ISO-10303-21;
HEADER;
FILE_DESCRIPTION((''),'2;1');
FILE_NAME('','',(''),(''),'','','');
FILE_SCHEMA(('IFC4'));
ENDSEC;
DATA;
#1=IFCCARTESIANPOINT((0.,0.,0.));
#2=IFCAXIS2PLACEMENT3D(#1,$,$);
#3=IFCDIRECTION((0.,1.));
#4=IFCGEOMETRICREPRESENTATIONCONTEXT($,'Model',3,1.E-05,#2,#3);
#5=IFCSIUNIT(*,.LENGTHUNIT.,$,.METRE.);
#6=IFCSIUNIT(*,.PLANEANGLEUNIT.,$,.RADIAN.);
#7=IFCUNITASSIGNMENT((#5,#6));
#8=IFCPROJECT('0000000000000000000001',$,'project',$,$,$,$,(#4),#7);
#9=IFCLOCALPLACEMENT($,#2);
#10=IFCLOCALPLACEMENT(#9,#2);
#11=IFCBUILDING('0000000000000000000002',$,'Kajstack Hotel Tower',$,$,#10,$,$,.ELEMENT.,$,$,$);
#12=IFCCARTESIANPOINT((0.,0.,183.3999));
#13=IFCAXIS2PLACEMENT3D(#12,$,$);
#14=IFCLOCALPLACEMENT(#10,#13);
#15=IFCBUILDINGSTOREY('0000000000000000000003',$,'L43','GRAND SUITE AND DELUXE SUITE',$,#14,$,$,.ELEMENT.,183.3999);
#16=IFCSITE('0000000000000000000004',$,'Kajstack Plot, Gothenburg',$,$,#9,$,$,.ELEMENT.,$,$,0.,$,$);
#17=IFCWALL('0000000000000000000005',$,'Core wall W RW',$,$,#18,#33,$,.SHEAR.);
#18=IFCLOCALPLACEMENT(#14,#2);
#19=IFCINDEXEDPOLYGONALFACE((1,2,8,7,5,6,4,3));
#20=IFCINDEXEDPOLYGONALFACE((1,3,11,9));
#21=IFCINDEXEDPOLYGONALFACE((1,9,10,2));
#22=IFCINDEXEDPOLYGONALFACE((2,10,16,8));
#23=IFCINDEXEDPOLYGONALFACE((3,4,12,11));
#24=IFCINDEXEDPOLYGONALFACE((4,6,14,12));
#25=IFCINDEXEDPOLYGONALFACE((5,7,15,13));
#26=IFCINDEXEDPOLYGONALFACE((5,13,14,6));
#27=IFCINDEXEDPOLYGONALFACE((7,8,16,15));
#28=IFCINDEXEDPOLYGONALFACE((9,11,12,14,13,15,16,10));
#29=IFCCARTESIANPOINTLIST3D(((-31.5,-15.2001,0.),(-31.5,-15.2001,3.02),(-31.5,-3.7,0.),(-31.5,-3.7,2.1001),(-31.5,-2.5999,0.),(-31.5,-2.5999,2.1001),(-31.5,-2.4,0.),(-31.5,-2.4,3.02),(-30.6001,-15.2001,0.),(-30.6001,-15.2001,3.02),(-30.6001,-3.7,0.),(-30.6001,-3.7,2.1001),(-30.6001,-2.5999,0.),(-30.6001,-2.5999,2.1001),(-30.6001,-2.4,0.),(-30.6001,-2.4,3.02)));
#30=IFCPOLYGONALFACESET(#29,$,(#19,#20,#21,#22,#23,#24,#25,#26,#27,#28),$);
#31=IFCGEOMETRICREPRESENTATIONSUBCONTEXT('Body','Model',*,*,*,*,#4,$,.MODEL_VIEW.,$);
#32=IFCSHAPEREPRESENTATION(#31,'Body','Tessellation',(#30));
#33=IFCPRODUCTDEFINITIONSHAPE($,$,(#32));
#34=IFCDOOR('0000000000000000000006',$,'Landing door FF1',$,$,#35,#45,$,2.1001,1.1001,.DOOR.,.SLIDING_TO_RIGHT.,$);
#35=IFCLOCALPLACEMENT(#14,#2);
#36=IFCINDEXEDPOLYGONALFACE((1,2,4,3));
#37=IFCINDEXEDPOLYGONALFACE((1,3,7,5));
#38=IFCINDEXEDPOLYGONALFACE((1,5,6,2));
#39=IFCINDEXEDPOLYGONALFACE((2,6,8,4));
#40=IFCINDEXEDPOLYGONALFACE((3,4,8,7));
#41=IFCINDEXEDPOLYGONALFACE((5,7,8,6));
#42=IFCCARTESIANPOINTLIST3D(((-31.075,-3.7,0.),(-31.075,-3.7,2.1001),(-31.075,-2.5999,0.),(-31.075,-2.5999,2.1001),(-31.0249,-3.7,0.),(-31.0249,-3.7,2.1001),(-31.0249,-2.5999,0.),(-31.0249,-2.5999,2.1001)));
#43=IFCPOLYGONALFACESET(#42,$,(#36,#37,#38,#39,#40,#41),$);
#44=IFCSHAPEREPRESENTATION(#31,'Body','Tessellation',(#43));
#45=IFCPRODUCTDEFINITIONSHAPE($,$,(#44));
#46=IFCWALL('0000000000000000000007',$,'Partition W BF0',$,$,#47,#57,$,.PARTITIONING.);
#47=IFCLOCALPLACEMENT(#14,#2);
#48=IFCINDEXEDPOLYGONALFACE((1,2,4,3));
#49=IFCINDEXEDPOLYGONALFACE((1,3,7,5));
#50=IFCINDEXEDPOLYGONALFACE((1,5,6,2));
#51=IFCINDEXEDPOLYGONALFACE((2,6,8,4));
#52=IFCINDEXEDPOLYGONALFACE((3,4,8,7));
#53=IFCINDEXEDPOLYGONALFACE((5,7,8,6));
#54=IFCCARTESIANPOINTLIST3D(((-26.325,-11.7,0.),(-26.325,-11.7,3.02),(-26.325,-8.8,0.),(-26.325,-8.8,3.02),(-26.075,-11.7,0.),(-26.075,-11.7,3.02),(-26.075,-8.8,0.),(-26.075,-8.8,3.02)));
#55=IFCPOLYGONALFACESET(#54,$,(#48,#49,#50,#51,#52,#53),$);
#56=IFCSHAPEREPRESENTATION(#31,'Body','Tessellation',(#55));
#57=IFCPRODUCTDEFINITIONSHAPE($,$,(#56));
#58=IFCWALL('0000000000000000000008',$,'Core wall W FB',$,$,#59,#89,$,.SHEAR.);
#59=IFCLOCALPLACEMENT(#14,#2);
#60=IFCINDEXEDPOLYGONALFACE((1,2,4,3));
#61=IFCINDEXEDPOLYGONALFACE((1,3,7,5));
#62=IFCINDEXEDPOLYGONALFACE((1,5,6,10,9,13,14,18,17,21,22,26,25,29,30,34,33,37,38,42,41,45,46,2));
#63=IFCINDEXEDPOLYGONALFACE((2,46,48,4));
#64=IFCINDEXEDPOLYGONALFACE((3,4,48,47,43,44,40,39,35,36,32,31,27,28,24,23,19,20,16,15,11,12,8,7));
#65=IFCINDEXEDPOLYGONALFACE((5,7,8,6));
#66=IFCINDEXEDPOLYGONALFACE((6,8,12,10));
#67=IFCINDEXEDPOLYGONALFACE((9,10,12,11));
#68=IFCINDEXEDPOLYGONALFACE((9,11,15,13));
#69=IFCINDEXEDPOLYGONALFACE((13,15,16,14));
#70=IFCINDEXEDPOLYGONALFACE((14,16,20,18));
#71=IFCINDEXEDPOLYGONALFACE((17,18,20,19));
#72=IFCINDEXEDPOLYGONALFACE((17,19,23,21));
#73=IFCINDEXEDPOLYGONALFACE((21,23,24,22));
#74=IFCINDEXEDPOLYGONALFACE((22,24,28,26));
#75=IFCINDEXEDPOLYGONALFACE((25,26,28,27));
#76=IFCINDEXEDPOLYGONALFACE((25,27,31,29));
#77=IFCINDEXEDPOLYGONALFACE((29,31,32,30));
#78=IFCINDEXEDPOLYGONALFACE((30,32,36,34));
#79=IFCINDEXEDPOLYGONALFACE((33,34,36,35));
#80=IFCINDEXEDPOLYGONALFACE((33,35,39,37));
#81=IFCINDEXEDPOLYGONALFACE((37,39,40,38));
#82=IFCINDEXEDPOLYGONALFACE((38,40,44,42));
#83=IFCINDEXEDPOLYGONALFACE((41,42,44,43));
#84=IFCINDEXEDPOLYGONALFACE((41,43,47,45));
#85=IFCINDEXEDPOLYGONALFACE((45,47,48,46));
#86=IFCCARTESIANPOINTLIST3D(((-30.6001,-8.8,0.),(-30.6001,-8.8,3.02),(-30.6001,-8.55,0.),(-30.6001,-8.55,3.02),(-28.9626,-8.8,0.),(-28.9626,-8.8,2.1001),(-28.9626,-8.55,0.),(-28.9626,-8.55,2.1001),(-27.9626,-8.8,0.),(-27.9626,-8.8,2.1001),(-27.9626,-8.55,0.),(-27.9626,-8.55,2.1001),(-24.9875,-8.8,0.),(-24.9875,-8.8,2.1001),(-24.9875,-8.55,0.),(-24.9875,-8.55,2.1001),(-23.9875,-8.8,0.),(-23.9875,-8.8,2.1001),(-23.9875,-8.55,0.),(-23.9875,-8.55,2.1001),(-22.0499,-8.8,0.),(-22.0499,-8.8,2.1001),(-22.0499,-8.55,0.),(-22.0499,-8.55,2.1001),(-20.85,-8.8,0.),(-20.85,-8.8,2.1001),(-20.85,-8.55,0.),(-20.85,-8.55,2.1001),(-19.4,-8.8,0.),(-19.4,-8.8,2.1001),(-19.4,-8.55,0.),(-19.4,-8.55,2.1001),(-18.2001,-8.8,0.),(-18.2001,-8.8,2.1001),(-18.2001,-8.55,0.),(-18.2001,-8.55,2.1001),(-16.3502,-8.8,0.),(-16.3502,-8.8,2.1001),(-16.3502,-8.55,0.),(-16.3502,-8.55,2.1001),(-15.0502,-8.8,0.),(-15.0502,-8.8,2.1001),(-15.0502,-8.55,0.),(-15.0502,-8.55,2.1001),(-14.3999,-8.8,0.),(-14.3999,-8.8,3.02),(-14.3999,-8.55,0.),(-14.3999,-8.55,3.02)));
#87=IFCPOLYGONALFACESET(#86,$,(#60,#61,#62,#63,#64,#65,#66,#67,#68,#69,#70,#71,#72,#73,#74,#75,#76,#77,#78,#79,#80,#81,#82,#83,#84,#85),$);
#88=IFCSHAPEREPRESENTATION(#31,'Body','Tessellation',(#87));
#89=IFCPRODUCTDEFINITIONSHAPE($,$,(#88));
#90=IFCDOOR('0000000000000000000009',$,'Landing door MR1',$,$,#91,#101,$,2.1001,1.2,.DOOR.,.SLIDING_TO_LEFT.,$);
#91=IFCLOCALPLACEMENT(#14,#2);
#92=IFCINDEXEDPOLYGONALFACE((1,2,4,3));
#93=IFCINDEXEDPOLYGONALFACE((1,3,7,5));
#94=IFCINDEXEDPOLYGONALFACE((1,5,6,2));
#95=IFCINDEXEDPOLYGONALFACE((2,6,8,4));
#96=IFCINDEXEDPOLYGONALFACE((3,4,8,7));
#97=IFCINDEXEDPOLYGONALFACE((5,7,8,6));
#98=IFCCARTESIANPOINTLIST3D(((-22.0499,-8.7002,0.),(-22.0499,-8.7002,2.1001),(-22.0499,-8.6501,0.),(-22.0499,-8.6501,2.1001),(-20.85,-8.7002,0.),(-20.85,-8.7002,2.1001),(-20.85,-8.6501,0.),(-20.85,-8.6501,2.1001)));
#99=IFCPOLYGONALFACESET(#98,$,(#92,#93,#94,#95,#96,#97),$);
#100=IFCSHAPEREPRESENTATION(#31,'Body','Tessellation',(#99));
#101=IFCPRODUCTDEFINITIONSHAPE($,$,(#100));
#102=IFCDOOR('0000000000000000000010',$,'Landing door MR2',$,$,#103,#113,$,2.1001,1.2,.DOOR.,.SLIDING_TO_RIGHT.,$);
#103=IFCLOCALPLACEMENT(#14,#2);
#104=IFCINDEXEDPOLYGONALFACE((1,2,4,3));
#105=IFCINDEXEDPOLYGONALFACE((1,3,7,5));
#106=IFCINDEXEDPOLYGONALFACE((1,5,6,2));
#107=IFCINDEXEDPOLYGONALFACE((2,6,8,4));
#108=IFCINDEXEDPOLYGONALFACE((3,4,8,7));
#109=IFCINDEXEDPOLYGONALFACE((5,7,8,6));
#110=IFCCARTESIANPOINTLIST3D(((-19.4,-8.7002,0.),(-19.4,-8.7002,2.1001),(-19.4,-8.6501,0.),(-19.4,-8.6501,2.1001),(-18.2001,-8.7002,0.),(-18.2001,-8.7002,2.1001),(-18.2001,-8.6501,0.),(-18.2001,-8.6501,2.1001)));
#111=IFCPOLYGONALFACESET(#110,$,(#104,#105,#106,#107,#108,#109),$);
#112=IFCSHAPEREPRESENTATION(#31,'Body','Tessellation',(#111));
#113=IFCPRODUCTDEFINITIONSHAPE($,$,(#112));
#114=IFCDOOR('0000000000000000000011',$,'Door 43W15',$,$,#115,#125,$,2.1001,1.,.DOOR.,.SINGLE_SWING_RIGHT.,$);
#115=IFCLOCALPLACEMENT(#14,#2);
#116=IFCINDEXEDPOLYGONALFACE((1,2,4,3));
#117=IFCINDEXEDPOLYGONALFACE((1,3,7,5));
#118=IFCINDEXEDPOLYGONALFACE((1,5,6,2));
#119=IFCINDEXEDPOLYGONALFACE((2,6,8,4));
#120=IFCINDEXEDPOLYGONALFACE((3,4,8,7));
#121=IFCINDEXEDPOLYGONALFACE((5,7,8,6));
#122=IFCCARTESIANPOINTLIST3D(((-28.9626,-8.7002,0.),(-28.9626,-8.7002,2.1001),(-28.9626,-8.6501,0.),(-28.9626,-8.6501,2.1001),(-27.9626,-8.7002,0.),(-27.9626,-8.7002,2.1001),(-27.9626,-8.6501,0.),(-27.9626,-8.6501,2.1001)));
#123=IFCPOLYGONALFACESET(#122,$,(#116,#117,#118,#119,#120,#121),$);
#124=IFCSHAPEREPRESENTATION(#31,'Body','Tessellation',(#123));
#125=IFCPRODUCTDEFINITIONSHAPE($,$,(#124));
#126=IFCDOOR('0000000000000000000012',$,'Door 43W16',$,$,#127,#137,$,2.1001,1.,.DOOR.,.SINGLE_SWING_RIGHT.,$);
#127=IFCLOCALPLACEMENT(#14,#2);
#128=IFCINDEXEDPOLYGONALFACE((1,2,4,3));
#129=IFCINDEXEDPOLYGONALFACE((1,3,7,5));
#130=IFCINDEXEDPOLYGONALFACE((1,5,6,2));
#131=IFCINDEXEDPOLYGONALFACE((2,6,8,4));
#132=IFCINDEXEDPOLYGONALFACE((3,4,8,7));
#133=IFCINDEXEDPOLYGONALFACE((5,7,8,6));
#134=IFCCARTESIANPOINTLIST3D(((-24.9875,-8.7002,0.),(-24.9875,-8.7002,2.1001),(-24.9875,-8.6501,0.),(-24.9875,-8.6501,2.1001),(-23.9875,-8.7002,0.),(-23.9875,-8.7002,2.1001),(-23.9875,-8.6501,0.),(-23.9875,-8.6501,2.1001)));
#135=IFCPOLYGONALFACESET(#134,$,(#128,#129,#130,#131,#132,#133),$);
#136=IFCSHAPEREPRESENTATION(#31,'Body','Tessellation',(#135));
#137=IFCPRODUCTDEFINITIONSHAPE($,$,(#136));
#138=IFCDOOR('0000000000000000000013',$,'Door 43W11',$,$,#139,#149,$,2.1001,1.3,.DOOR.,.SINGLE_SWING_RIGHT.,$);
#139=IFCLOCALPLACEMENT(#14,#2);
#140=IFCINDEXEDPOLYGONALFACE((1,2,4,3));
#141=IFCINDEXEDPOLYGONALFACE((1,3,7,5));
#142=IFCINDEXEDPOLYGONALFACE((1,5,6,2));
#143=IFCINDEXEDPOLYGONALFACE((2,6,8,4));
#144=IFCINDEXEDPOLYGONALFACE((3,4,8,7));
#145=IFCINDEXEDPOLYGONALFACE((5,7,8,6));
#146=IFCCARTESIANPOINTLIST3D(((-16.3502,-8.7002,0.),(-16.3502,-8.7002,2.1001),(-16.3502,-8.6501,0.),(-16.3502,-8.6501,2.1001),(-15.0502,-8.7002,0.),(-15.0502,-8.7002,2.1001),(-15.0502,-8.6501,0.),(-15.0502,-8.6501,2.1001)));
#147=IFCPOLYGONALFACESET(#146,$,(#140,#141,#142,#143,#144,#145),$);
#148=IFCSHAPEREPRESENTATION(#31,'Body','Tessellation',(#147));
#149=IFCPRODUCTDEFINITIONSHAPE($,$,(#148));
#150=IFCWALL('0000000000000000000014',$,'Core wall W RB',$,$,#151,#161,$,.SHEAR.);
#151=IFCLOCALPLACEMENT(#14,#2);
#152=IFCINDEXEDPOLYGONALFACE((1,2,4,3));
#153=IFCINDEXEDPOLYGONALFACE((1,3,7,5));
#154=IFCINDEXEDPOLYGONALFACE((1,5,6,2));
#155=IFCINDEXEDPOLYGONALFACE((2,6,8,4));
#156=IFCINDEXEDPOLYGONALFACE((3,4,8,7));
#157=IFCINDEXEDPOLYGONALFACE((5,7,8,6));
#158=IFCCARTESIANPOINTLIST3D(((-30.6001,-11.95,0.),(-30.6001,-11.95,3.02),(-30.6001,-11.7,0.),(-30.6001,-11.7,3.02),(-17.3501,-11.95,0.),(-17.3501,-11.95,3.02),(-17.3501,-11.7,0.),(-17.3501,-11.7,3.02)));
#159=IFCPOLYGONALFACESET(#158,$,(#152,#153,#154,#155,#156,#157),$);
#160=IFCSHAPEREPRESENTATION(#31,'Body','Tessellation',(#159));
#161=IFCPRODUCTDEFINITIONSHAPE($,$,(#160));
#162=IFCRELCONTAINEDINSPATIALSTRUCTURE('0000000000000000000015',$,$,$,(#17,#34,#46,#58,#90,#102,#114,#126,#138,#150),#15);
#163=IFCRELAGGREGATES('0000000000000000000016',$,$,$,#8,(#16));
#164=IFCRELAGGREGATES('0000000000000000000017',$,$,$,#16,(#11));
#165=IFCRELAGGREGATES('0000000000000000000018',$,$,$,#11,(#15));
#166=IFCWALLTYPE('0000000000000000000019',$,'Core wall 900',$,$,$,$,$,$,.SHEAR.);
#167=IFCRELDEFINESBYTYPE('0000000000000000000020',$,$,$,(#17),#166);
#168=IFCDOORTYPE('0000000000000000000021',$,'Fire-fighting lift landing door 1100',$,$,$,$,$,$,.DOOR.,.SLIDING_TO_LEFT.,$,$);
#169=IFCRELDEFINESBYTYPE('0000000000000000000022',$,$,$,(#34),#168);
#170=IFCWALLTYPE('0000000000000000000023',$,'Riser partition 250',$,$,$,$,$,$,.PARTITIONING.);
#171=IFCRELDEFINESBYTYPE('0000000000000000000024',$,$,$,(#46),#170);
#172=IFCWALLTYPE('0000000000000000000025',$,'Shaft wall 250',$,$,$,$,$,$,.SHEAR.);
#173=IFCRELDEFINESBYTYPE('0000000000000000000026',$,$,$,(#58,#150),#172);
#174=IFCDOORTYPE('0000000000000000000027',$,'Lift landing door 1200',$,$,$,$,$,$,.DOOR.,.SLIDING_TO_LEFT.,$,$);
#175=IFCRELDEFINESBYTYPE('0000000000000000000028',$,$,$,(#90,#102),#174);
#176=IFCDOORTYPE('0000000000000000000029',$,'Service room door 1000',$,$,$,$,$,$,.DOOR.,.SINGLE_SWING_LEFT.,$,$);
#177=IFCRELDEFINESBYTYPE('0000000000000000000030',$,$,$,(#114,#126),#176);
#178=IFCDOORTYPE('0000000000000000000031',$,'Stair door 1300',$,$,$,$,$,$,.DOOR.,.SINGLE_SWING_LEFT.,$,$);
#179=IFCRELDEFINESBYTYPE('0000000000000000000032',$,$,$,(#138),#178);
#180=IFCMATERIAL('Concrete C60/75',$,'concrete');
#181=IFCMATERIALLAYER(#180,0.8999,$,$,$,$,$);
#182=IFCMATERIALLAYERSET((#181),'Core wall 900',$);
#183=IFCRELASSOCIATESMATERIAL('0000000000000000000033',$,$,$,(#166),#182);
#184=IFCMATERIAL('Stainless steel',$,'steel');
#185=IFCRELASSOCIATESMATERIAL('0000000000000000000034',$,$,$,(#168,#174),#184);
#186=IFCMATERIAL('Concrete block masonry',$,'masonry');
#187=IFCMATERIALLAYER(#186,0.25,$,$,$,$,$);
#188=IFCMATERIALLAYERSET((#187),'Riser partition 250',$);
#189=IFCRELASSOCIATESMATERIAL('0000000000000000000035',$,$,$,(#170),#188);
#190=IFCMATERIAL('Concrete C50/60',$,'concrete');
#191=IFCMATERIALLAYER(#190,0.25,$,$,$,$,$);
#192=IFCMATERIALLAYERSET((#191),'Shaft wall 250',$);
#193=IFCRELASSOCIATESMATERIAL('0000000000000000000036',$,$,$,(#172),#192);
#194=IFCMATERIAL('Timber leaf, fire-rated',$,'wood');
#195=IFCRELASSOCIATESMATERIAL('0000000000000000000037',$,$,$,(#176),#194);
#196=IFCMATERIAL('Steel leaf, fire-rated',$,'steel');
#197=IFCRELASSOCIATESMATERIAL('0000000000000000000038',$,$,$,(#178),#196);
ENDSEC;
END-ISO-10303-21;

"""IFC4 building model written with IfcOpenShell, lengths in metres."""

from ifc_helpers import new_model, si_unit, direction, frame, frame_2d, origin, place, context, subcontext, project, spatial, rectangle, extrude, material, layer, layer_set, type_object, element, fill, save


model = new_model("IFC4")

# Units and contexts
model_context = context("Model", 3, precision=1e-05, world=origin(), true_north=direction((0.0, 1.0)))
body_context = subcontext(model_context, "Body", "Model", "MODEL_VIEW")
ifc_project = project(units=[si_unit("LENGTHUNIT", "METRE"), si_unit("PLANEANGLEUNIT", "RADIAN")], contexts=[model_context])

# Site, building, storey
site_placement = place(None, origin())
site = spatial("IfcSite", under=ifc_project, at=site_placement, Name="Kajstack Plot, Gothenburg", CompositionType="ELEMENT", RefElevation=0.0)
building_placement = place(site_placement, origin())
building = spatial("IfcBuilding", under=site, at=building_placement, Name="Kajstack Hotel Tower", CompositionType="ELEMENT")
storey_placement = place(building_placement, frame((0.0, 0.0, 183.3999)))
storey = spatial("IfcBuildingStorey", under=building, at=storey_placement, Name="L43", Description="GRAND SUITE AND DELUXE SUITE", CompositionType="ELEMENT", Elevation=183.3999)

# Wall, opening, door
ifc_material_1 = material(Name="Concrete C60/75", Category="concrete")
ifc_layer_1 = layer(ifc_material_1, 0.8999)
ifc_layer_set_1 = layer_set([ifc_layer_1], Name="Core wall 900")
wall_type_1 = type_object("IfcWallType", Name="Core wall 900", PredefinedType="SHEAR", material=ifc_layer_set_1)
wall_1_placement = place(storey_placement, frame((-31.05, -15.2, 0.0), z_axis=(0.0, 0.0, 1.0), x_axis=(0.0, 1.0, 0.0)))
wall_1 = element("IfcWall", 1, at=wall_1_placement, inside=storey, type_object=wall_type_1, Name="Core wall W RW", PredefinedType="SHEAR", context=body_context, shape_type="SweptSolid", body=[
    extrude(rectangle(XDim=12.8, YDim=0.8999, at=frame_2d((6.3999, 0.0))), origin(), (0.0, 0.0, 1.0), 3.02),
])
opening_1_placement = place(wall_1_placement, frame((11.5, 0.0, 0.0)))
opening_1 = element("IfcOpeningElement", 2, at=opening_1_placement, cuts=wall_1, PredefinedType="OPENING", context=body_context, shape_type="SweptSolid", body=[
    extrude(rectangle(XDim=1.1001, YDim=2.1001, at=frame_2d((0.55, 1.05))), frame((0.0, 0.46, 0.0), z_axis=(0.0, -1.0, 0.0), x_axis=(1.0, 0.0, 0.0)), (0.0, 0.0, 1.0), 0.9199),
])
ifc_material_2 = material(Name="Stainless steel", Category="steel")
door_type_1 = type_object("IfcDoorType", Name="Fire-fighting lift landing door 1100", OperationType="SLIDING_TO_LEFT", PredefinedType="DOOR", material=ifc_material_2)
door_1_placement = place(opening_1_placement, origin())
door_1 = element("IfcDoor", 3, at=door_1_placement, inside=storey, type_object=door_type_1, Name="Landing door FF1", OperationType="SLIDING_TO_RIGHT", OverallHeight=2.1001, OverallWidth=1.1001, PredefinedType="DOOR", context=body_context, shape_type="SweptSolid", body=[
    extrude(rectangle(XDim=1.1001, YDim=2.1001, at=frame_2d((0.55, 1.05))), frame((0.0, 0.0249, 0.0), z_axis=(0.0, -1.0, 0.0), x_axis=(1.0, 0.0, 0.0)), (0.0, 0.0, 1.0), 0.05),
])
fill(opening_1, door_1)

# Wall
ifc_material_3 = material(Name="Concrete block masonry", Category="masonry")
ifc_layer_2 = layer(ifc_material_3, 0.25)
ifc_layer_set_2 = layer_set([ifc_layer_2], Name="Riser partition 250")
wall_type_2 = type_object("IfcWallType", Name="Riser partition 250", PredefinedType="PARTITIONING", material=ifc_layer_set_2)
wall_2_placement = place(storey_placement, frame((-26.2, -11.7, 0.0), z_axis=(0.0, 0.0, 1.0), x_axis=(0.0, 1.0, 0.0)))
element("IfcWall", 4, at=wall_2_placement, inside=storey, type_object=wall_type_2, Name="Partition W BF0", PredefinedType="PARTITIONING", context=body_context, shape_type="SweptSolid", body=[
    extrude(rectangle(XDim=2.8999, YDim=0.25, at=frame_2d((1.45, 0.0))), origin(), (0.0, 0.0, 1.0), 3.02),
])

# Wall, openings, doors
ifc_material_4 = material(Name="Concrete C50/60", Category="concrete")
ifc_layer_3 = layer(ifc_material_4, 0.25)
ifc_layer_set_3 = layer_set([ifc_layer_3], Name="Shaft wall 250")
wall_type_3 = type_object("IfcWallType", Name="Shaft wall 250", PredefinedType="SHEAR", material=ifc_layer_set_3)
wall_3_placement = place(storey_placement, frame((-30.6001, -8.675, 0.0), z_axis=(0.0, 0.0, 1.0), x_axis=(1.0, 0.0, 0.0)))
wall_3 = element("IfcWall", 5, at=wall_3_placement, inside=storey, type_object=wall_type_3, Name="Core wall W FB", PredefinedType="SHEAR", context=body_context, shape_type="SweptSolid", body=[
    extrude(rectangle(XDim=16.2002, YDim=0.25, at=frame_2d((8.1001, 0.0))), origin(), (0.0, 0.0, 1.0), 3.02),
])
opening_2_placement = place(wall_3_placement, frame((8.55, 0.0, 0.0)))
opening_2 = element("IfcOpeningElement", 6, at=opening_2_placement, cuts=wall_3, PredefinedType="OPENING", context=body_context, shape_type="SweptSolid", body=[
    extrude(rectangle(XDim=1.2, YDim=2.1001, at=frame_2d((0.6001, 1.05))), frame((0.0, 0.135, 0.0), z_axis=(0.0, -1.0, 0.0), x_axis=(1.0, 0.0, 0.0)), (0.0, 0.0, 1.0), 0.27),
])
opening_3_placement = place(wall_3_placement, frame((11.2, 0.0, 0.0)))
opening_3 = element("IfcOpeningElement", 7, at=opening_3_placement, cuts=wall_3, PredefinedType="OPENING", context=body_context, shape_type="SweptSolid", body=[
    extrude(rectangle(XDim=1.2, YDim=2.1001, at=frame_2d((0.6001, 1.05))), frame((0.0, 0.135, 0.0), z_axis=(0.0, -1.0, 0.0), x_axis=(1.0, 0.0, 0.0)), (0.0, 0.0, 1.0), 0.27),
])
opening_4_placement = place(wall_3_placement, frame((14.25, 0.0, 0.0)))
opening_4 = element("IfcOpeningElement", 8, at=opening_4_placement, cuts=wall_3, PredefinedType="OPENING", context=body_context, shape_type="SweptSolid", body=[
    extrude(rectangle(XDim=1.3, YDim=2.1001, at=frame_2d((0.6499, 1.05))), frame((0.0, 0.135, 0.0), z_axis=(0.0, -1.0, 0.0), x_axis=(1.0, 0.0, 0.0)), (0.0, 0.0, 1.0), 0.27),
])
opening_5_placement = place(wall_3_placement, frame((1.6375, 0.0, 0.0)))
opening_5 = element("IfcOpeningElement", 9, at=opening_5_placement, cuts=wall_3, PredefinedType="OPENING", context=body_context, shape_type="SweptSolid", body=[
    extrude(rectangle(XDim=1.0, YDim=2.1001, at=frame_2d((0.5, 1.05))), frame((0.0, 0.135, 0.0), z_axis=(0.0, -1.0, 0.0), x_axis=(1.0, 0.0, 0.0)), (0.0, 0.0, 1.0), 0.27),
])
opening_6_placement = place(wall_3_placement, frame((5.6125, 0.0, 0.0)))
opening_6 = element("IfcOpeningElement", 10, at=opening_6_placement, cuts=wall_3, PredefinedType="OPENING", context=body_context, shape_type="SweptSolid", body=[
    extrude(rectangle(XDim=1.0, YDim=2.1001, at=frame_2d((0.5, 1.05))), frame((0.0, 0.135, 0.0), z_axis=(0.0, -1.0, 0.0), x_axis=(1.0, 0.0, 0.0)), (0.0, 0.0, 1.0), 0.27),
])
door_type_2 = type_object("IfcDoorType", Name="Lift landing door 1200", OperationType="SLIDING_TO_LEFT", PredefinedType="DOOR", material=ifc_material_2)
door_2_placement = place(opening_2_placement, origin())
door_2 = element("IfcDoor", 11, at=door_2_placement, inside=storey, type_object=door_type_2, Name="Landing door MR1", OperationType="SLIDING_TO_LEFT", OverallHeight=2.1001, OverallWidth=1.2, PredefinedType="DOOR", context=body_context, shape_type="SweptSolid", body=[
    extrude(rectangle(XDim=1.2, YDim=2.1001, at=frame_2d((0.6001, 1.05))), frame((0.0, 0.0249, 0.0), z_axis=(0.0, -1.0, 0.0), x_axis=(1.0, 0.0, 0.0)), (0.0, 0.0, 1.0), 0.05),
])
fill(opening_2, door_2)
door_3_placement = place(opening_3_placement, origin())
door_3 = element("IfcDoor", 12, at=door_3_placement, inside=storey, type_object=door_type_2, Name="Landing door MR2", OperationType="SLIDING_TO_RIGHT", OverallHeight=2.1001, OverallWidth=1.2, PredefinedType="DOOR", context=body_context, shape_type="SweptSolid", body=[
    extrude(rectangle(XDim=1.2, YDim=2.1001, at=frame_2d((0.6001, 1.05))), frame((0.0, 0.0249, 0.0), z_axis=(0.0, -1.0, 0.0), x_axis=(1.0, 0.0, 0.0)), (0.0, 0.0, 1.0), 0.05),
])
fill(opening_3, door_3)
ifc_material_5 = material(Name="Timber leaf, fire-rated", Category="wood")
door_type_3 = type_object("IfcDoorType", Name="Service room door 1000", OperationType="SINGLE_SWING_LEFT", PredefinedType="DOOR", material=ifc_material_5)
door_4_placement = place(opening_5_placement, origin())
door_4 = element("IfcDoor", 13, at=door_4_placement, inside=storey, type_object=door_type_3, Name="Door 43W15", OperationType="SINGLE_SWING_RIGHT", OverallHeight=2.1001, OverallWidth=1.0, PredefinedType="DOOR", context=body_context, shape_type="SweptSolid", body=[
    extrude(rectangle(XDim=1.0, YDim=2.1001, at=frame_2d((0.5, 1.05))), frame((0.0, 0.0249, 0.0), z_axis=(0.0, -1.0, 0.0), x_axis=(1.0, 0.0, 0.0)), (0.0, 0.0, 1.0), 0.05),
])
fill(opening_5, door_4)
door_5_placement = place(opening_6_placement, origin())
door_5 = element("IfcDoor", 14, at=door_5_placement, inside=storey, type_object=door_type_3, Name="Door 43W16", OperationType="SINGLE_SWING_RIGHT", OverallHeight=2.1001, OverallWidth=1.0, PredefinedType="DOOR", context=body_context, shape_type="SweptSolid", body=[
    extrude(rectangle(XDim=1.0, YDim=2.1001, at=frame_2d((0.5, 1.05))), frame((0.0, 0.0249, 0.0), z_axis=(0.0, -1.0, 0.0), x_axis=(1.0, 0.0, 0.0)), (0.0, 0.0, 1.0), 0.05),
])
fill(opening_6, door_5)
ifc_material_6 = material(Name="Steel leaf, fire-rated", Category="steel")
door_type_4 = type_object("IfcDoorType", Name="Stair door 1300", OperationType="SINGLE_SWING_LEFT", PredefinedType="DOOR", material=ifc_material_6)
door_6_placement = place(opening_4_placement, origin())
door_6 = element("IfcDoor", 15, at=door_6_placement, inside=storey, type_object=door_type_4, Name="Door 43W11", OperationType="SINGLE_SWING_RIGHT", OverallHeight=2.1001, OverallWidth=1.3, PredefinedType="DOOR", context=body_context, shape_type="SweptSolid", body=[
    extrude(rectangle(XDim=1.3, YDim=2.1001, at=frame_2d((0.6499, 1.05))), frame((0.0, 0.0249, 0.0), z_axis=(0.0, -1.0, 0.0), x_axis=(1.0, 0.0, 0.0)), (0.0, 0.0, 1.0), 0.05),
])
fill(opening_4, door_6)

# Wall
wall_4_placement = place(storey_placement, frame((-30.6001, -11.825, 0.0), z_axis=(0.0, 0.0, 1.0), x_axis=(1.0, 0.0, 0.0)))
element("IfcWall", 16, at=wall_4_placement, inside=storey, type_object=wall_type_3, Name="Core wall W RB", PredefinedType="SHEAR", context=body_context, shape_type="SweptSolid", body=[
    extrude(rectangle(XDim=13.25, YDim=0.25, at=frame_2d((6.625, 0.0))), origin(), (0.0, 0.0, 1.0), 3.02),
])

save(model, "model.ifc")
